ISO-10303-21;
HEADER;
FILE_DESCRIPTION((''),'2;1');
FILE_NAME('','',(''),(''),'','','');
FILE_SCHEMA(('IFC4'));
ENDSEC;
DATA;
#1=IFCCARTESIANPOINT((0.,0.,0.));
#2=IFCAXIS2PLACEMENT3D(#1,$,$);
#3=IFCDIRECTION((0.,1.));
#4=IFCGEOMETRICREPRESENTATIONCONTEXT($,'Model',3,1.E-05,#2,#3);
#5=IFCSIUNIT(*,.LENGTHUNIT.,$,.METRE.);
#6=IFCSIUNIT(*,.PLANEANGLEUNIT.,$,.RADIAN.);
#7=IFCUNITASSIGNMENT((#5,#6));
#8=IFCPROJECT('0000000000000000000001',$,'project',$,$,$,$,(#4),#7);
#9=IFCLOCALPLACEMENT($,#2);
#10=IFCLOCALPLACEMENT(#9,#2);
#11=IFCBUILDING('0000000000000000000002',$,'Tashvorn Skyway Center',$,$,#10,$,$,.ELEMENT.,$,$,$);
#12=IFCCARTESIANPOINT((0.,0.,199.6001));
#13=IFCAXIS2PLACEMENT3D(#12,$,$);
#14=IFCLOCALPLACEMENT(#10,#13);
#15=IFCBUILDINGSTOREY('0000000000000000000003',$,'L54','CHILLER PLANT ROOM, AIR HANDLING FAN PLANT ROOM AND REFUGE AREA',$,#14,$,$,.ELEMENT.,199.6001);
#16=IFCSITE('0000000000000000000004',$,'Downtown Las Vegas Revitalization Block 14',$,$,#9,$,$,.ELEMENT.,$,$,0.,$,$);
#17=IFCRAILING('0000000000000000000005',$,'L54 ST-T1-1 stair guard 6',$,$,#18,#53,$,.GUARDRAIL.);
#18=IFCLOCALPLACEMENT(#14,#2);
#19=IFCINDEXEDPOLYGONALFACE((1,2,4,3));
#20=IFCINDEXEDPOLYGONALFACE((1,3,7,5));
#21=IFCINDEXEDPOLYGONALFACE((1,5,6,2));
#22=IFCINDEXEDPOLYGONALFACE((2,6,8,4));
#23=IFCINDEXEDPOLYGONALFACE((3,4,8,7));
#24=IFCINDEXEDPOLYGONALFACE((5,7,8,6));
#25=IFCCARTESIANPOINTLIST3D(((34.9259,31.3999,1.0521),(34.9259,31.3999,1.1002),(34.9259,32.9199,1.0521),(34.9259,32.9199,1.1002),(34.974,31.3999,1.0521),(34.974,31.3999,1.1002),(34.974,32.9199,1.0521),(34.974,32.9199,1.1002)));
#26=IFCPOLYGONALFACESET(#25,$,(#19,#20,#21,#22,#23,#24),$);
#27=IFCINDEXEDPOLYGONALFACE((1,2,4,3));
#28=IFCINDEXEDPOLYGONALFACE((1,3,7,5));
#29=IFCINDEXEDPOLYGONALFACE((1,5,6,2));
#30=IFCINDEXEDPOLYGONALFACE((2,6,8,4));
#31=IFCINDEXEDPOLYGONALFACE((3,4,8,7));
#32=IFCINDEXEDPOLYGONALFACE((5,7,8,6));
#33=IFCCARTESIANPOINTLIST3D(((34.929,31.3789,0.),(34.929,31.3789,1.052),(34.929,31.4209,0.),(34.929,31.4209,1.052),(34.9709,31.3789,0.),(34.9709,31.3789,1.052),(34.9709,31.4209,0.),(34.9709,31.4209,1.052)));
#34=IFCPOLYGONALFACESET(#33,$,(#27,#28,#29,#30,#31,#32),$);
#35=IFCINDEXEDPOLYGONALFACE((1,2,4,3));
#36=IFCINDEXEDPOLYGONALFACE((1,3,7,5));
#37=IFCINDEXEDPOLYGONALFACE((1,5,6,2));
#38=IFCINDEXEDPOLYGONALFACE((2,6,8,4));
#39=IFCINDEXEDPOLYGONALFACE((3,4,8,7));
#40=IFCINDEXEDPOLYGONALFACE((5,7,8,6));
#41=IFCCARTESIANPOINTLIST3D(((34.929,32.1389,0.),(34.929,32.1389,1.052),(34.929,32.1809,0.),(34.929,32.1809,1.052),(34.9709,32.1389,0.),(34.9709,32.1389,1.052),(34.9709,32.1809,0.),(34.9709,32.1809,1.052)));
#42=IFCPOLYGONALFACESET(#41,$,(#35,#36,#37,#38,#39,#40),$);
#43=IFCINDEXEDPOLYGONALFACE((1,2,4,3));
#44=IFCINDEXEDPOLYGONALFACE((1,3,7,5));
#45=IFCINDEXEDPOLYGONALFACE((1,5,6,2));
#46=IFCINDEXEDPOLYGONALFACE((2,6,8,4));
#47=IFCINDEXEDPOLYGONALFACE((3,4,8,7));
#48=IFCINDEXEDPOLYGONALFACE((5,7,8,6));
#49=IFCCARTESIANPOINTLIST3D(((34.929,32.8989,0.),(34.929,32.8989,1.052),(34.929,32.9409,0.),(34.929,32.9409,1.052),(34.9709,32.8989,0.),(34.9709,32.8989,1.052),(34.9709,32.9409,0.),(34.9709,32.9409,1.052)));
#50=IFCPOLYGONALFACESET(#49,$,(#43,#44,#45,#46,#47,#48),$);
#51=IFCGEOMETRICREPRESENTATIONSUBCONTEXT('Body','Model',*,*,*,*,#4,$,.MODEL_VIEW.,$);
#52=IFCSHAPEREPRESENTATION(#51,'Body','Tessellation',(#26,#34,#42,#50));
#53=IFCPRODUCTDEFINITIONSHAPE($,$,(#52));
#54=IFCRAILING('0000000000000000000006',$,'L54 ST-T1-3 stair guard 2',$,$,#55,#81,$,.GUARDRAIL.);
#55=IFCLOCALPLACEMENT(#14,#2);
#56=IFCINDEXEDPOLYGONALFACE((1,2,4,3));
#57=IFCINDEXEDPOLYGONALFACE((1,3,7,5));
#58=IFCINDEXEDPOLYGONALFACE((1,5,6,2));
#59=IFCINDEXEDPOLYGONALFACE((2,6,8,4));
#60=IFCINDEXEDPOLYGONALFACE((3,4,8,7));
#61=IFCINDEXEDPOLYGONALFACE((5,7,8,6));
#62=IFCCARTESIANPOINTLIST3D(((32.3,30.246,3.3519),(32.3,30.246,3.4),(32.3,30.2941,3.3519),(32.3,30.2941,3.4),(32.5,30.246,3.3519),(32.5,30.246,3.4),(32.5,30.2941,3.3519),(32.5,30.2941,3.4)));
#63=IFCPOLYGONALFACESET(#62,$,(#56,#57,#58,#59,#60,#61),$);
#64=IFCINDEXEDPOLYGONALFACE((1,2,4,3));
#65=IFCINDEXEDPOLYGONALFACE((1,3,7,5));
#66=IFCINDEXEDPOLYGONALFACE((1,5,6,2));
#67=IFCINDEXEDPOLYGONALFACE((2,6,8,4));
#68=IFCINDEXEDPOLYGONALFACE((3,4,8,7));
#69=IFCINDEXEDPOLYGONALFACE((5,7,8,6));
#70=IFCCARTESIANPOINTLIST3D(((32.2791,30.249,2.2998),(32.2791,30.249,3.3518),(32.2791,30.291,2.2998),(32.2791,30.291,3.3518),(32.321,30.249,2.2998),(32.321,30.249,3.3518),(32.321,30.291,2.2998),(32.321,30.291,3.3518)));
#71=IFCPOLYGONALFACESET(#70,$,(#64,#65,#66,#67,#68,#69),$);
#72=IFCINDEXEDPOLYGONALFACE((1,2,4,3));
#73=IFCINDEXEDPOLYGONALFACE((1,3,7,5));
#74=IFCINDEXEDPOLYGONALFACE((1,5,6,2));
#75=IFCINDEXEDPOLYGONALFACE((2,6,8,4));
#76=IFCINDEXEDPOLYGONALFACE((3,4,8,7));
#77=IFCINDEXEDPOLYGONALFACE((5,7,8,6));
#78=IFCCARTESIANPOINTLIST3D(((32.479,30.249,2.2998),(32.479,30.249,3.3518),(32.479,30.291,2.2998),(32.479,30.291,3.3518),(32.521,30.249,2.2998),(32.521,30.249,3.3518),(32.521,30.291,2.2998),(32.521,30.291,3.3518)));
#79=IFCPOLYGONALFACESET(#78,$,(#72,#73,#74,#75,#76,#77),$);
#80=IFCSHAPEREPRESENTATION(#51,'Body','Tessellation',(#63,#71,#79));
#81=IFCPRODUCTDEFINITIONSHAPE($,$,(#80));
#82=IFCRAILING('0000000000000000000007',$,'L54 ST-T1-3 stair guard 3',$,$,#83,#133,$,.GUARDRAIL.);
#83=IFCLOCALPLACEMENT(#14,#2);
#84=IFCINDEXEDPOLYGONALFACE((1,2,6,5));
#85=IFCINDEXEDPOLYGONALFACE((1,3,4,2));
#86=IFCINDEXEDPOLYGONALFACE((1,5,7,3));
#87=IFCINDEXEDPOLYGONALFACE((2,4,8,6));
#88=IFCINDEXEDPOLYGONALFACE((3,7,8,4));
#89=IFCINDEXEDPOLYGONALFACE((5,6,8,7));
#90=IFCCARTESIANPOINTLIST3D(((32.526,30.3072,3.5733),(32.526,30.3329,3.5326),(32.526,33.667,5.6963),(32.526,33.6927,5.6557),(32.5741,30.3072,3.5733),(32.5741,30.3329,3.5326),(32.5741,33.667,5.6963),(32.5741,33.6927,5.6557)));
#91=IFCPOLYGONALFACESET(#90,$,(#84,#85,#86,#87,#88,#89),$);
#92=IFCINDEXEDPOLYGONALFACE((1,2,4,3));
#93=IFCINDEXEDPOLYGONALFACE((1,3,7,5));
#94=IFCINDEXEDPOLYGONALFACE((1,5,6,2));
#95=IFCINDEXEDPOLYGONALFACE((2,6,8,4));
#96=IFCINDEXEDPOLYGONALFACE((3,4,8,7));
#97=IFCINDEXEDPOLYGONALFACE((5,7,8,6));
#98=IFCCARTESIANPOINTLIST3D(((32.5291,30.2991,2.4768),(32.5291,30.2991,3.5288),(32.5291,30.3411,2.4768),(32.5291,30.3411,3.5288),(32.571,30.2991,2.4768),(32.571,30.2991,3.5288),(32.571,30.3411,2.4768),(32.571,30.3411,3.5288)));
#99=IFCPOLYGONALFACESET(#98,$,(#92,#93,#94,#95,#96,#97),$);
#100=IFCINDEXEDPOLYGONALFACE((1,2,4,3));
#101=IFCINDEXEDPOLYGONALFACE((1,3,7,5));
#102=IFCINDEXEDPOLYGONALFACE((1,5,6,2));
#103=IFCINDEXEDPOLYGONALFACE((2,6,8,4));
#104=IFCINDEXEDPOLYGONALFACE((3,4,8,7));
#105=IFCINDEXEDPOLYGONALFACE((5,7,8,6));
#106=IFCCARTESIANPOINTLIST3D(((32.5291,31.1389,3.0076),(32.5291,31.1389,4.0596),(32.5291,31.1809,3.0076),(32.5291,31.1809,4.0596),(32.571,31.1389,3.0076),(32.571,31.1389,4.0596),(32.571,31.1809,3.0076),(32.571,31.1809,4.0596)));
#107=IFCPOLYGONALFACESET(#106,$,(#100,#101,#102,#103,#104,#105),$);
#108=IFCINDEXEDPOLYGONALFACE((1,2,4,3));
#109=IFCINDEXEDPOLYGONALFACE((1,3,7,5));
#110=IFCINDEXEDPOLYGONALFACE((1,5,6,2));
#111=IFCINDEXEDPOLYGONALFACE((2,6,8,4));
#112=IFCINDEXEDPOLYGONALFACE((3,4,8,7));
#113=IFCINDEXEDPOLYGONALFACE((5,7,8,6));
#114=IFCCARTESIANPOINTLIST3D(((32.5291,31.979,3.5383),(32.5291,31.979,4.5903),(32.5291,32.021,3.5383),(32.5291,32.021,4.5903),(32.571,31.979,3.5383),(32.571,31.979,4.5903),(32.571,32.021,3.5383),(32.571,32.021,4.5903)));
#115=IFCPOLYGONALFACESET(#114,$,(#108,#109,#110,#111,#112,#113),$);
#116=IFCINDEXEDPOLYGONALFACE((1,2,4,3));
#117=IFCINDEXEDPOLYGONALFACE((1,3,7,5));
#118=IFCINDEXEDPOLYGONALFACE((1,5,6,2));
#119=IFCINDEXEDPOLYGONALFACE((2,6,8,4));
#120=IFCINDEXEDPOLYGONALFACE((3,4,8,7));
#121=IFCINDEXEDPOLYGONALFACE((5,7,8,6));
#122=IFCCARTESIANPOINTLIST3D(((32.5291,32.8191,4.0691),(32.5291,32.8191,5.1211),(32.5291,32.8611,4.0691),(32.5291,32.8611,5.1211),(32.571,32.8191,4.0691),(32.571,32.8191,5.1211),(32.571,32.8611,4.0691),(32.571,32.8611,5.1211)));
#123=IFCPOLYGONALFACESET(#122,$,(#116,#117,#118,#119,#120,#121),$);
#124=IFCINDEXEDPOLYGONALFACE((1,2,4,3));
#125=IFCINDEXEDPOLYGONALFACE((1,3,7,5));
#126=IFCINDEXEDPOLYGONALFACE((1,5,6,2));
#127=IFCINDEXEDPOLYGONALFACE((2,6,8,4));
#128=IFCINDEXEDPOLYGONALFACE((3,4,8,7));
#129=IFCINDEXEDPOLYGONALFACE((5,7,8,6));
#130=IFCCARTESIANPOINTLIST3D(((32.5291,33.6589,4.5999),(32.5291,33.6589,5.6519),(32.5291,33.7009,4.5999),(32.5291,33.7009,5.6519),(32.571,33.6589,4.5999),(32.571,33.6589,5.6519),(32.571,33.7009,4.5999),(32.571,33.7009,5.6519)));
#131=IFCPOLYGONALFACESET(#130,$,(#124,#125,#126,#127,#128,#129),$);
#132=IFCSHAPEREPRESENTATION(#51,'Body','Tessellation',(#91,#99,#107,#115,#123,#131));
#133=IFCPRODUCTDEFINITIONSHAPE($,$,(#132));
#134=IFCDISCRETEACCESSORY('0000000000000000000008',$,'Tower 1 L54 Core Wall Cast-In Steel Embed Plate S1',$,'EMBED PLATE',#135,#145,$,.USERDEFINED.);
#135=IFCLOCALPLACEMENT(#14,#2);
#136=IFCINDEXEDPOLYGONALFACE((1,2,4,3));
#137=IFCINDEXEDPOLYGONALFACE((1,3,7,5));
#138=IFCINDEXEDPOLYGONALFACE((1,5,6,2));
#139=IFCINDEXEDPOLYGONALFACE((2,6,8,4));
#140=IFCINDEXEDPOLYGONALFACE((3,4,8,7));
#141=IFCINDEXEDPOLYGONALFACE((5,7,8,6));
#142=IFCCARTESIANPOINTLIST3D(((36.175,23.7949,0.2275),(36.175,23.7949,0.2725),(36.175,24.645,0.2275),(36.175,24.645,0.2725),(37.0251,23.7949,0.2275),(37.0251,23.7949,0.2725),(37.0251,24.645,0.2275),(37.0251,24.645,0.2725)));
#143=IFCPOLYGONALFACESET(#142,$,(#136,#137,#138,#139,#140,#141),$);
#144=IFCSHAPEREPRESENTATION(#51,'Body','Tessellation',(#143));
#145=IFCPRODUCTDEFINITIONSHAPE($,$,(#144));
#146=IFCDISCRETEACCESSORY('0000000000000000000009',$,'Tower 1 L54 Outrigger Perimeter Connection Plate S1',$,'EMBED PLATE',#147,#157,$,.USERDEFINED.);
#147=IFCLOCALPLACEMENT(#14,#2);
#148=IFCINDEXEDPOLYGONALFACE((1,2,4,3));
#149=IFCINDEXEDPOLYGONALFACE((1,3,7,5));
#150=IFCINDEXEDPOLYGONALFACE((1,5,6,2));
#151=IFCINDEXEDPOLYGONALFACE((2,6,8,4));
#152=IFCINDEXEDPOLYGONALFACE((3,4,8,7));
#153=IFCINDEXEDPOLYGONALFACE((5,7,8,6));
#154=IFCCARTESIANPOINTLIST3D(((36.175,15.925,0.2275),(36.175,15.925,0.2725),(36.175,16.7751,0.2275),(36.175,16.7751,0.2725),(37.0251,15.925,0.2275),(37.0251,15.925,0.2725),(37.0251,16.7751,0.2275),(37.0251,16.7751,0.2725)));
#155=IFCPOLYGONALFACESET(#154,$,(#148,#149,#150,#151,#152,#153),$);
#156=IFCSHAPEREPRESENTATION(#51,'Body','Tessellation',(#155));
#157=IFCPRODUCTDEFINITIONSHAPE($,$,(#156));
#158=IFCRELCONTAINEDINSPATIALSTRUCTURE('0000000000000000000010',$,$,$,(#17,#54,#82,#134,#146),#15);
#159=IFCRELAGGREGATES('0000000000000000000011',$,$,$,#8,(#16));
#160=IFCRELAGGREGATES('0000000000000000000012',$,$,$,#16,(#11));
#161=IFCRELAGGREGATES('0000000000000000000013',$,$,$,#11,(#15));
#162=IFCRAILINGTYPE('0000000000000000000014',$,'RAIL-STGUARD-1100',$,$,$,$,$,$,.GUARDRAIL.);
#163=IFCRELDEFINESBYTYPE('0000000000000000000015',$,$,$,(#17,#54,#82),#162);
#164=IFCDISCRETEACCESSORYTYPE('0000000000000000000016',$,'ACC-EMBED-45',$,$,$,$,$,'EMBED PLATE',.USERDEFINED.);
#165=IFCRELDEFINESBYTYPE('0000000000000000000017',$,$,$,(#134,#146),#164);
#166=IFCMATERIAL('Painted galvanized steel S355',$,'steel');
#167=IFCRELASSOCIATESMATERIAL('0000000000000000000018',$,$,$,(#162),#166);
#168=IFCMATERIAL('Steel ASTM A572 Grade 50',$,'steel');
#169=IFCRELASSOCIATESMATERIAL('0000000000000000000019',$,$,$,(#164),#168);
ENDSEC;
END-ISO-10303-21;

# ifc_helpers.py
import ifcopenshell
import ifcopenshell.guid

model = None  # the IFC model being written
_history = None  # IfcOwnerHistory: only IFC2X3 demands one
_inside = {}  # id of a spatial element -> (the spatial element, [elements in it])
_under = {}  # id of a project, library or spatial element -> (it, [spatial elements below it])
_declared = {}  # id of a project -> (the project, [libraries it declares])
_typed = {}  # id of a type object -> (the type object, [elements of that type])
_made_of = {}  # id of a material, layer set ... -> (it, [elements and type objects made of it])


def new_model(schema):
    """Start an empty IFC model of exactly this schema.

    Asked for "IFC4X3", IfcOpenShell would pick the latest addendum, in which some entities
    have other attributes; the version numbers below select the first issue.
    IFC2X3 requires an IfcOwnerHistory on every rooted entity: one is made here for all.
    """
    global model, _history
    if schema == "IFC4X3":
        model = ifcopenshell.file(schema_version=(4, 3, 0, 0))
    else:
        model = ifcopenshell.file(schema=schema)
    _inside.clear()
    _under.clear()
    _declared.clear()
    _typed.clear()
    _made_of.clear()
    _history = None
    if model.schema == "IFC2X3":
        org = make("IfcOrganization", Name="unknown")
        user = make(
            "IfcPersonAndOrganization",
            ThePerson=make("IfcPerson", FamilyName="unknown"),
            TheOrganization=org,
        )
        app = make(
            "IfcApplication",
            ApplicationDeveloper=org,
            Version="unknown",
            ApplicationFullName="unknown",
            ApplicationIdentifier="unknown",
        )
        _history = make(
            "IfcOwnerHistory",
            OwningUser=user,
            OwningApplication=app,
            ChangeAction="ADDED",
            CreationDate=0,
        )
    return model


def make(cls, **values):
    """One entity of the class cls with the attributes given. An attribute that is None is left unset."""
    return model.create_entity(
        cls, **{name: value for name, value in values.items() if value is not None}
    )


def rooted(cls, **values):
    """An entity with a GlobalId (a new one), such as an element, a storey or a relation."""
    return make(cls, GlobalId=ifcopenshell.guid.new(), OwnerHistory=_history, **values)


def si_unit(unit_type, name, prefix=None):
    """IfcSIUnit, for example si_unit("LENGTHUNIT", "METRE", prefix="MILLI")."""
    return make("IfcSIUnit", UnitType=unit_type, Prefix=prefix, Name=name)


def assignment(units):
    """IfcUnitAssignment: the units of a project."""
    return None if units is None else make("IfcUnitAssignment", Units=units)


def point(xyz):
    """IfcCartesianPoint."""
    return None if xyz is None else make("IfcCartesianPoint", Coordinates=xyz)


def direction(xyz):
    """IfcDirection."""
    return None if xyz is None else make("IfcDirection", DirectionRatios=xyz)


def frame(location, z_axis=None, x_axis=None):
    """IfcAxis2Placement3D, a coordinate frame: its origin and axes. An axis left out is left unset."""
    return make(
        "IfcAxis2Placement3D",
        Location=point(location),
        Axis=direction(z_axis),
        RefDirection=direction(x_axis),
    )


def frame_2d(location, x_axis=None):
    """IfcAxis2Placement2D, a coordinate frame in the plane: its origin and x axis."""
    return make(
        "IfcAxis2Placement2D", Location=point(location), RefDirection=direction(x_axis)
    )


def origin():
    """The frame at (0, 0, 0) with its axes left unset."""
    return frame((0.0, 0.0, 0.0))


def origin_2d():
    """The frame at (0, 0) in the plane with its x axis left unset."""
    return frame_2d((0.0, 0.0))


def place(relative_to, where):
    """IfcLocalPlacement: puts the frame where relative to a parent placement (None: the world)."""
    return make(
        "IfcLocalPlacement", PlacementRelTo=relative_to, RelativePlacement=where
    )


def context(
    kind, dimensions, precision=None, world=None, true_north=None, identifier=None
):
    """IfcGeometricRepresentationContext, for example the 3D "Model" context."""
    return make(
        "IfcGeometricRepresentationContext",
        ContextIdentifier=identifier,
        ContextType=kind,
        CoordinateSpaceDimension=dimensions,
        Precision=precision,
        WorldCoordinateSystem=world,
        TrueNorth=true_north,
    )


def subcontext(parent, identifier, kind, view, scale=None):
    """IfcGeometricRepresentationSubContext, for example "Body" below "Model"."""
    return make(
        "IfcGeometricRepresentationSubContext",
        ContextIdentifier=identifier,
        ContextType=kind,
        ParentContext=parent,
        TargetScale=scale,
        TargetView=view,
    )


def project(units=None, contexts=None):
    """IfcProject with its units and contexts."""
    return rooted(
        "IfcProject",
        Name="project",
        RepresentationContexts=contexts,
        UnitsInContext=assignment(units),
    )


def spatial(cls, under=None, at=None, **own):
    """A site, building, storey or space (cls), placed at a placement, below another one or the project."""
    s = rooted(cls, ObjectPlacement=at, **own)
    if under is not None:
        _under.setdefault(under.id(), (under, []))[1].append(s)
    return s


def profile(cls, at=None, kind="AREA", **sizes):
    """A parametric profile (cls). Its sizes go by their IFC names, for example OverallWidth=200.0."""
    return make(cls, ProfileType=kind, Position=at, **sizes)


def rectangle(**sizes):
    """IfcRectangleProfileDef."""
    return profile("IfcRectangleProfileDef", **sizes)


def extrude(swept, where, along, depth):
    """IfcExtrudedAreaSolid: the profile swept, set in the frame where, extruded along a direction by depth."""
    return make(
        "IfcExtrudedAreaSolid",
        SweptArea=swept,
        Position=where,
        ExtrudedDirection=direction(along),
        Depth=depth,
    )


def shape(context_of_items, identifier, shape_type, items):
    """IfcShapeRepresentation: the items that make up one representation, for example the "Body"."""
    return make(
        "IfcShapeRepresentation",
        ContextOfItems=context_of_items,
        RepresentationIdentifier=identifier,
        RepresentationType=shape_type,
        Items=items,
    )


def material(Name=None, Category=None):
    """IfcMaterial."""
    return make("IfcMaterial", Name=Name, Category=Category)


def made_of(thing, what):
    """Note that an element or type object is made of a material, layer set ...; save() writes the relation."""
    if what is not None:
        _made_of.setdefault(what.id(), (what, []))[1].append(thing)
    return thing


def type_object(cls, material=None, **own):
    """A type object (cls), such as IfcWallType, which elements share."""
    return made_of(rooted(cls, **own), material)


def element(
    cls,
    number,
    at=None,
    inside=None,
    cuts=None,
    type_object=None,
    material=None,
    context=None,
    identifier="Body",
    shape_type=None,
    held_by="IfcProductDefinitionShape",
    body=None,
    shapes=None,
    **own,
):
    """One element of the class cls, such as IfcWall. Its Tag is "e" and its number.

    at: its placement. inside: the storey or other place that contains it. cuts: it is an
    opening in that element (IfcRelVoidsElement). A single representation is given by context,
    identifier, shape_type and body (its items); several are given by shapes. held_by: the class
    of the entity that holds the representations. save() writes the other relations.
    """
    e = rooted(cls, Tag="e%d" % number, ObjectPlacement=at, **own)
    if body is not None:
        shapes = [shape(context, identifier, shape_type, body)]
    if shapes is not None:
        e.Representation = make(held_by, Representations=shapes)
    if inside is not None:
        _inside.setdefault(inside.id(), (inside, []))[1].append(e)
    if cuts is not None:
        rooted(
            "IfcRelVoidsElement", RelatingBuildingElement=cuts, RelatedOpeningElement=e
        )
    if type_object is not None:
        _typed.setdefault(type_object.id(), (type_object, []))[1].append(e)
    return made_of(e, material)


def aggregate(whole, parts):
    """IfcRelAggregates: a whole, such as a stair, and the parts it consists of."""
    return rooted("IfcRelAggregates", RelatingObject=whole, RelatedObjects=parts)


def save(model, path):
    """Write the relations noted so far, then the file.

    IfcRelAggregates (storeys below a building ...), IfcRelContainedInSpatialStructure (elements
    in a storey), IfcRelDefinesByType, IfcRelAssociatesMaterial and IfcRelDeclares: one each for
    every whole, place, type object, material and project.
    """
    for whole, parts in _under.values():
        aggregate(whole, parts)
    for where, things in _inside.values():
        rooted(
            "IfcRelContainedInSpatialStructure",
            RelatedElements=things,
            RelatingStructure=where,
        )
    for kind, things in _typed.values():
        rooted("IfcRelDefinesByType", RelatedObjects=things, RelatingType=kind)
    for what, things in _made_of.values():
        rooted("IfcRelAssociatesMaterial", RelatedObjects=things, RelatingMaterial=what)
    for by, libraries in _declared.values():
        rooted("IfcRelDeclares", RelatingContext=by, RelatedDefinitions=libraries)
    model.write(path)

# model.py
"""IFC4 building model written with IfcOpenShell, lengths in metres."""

from ifc_helpers import new_model, si_unit, direction, frame, origin, origin_2d, place, context, subcontext, project, spatial, rectangle, extrude, material, type_object, element, save


model = new_model("IFC4")

# Units and contexts
model_context = context("Model", 3, precision=1e-05, world=origin(), true_north=direction((0.0, 1.0)))
body_context = subcontext(model_context, "Body", "Model", "MODEL_VIEW")
ifc_project = project(units=[si_unit("LENGTHUNIT", "METRE"), si_unit("PLANEANGLEUNIT", "RADIAN")], contexts=[model_context])

# Site, building, storey
site_placement = place(None, origin())
site = spatial("IfcSite", under=ifc_project, at=site_placement, Name="Downtown Las Vegas Revitalization Block 14", CompositionType="ELEMENT", RefElevation=0.0)
building_placement = place(site_placement, origin())
building = spatial("IfcBuilding", under=site, at=building_placement, Name="Tashvorn Skyway Center", CompositionType="ELEMENT")
storey_placement = place(building_placement, frame((0.0, 0.0, 199.6001)))
storey = spatial("IfcBuildingStorey", under=building, at=storey_placement, Name="L54", Description="CHILLER PLANT ROOM, AIR HANDLING FAN PLANT ROOM AND REFUGE AREA", CompositionType="ELEMENT", Elevation=199.6001)

# Shared definitions
ifc_material_1 = material(Name="Steel ASTM A572 Grade 50", Category="steel")

# Railings
ifc_material_2 = material(Name="Painted galvanized steel S355", Category="steel")
railing_type_1 = type_object("IfcRailingType", Name="RAIL-STGUARD-1100", PredefinedType="GUARDRAIL", material=ifc_material_2)
railing_1_placement = place(storey_placement, frame((34.95, 31.3999, 0.0)))
element("IfcRailing", 1, at=railing_1_placement, inside=storey, type_object=railing_type_1, Name="L54 ST-T1-1 stair guard 6", PredefinedType="GUARDRAIL", context=body_context, shape_type="SweptSolid", body=[
    extrude(rectangle(XDim=0.0481, YDim=0.0481, at=origin_2d()), frame((0.0, 0.0, 1.0762), z_axis=(0.0, 1.0, 0.0), x_axis=(-1.0, 0.0, 0.0)), (0.0, 0.0, 1.0), 1.52),
    extrude(rectangle(XDim=0.042, YDim=0.042, at=origin_2d()), origin(), (0.0, 0.0, 1.0), 1.052),
    extrude(rectangle(XDim=0.042, YDim=0.042, at=origin_2d()), frame((0.0, 0.76, 0.0)), (0.0, 0.0, 1.0), 1.052),
    extrude(rectangle(XDim=0.042, YDim=0.042, at=origin_2d()), frame((0.0, 1.52, 0.0)), (0.0, 0.0, 1.0), 1.052),
])
railing_2_placement = place(storey_placement, frame((32.3, 30.27, 2.2998)))
element("IfcRailing", 2, at=railing_2_placement, inside=storey, type_object=railing_type_1, Name="L54 ST-T1-3 stair guard 2", PredefinedType="GUARDRAIL", context=body_context, shape_type="SweptSolid", body=[
    extrude(rectangle(XDim=0.0481, YDim=0.0481, at=origin_2d()), frame((0.0, 0.0, 1.0762), z_axis=(1.0, 0.0, 0.0), x_axis=(0.0, 1.0, 0.0)), (0.0, 0.0, 1.0), 0.2),
    extrude(rectangle(XDim=0.042, YDim=0.042, at=origin_2d()), origin(), (0.0, 0.0, 1.0), 1.052),
    extrude(rectangle(XDim=0.042, YDim=0.042, at=origin_2d()), frame((0.2, 0.0, 0.0)), (0.0, 0.0, 1.0), 1.052),
])
railing_3_placement = place(storey_placement, frame((32.55, 30.3201, 2.4768)))
element("IfcRailing", 3, at=railing_3_placement, inside=storey, type_object=railing_type_1, Name="L54 ST-T1-3 stair guard 3", PredefinedType="GUARDRAIL", context=body_context, shape_type="SweptSolid", body=[
    extrude(rectangle(XDim=0.0481, YDim=0.0481, at=origin_2d()), frame((0.0, 0.0, 1.0762), z_axis=(0.0, 0.845372, 0.534178), x_axis=(-1.0, 0.0, 0.0)), (0.0, 0.0, 1.0), 3.9744),
    extrude(rectangle(XDim=0.042, YDim=0.042, at=origin_2d()), origin(), (0.0, 0.0, 1.0), 1.052),
    extrude(rectangle(XDim=0.042, YDim=0.042, at=origin_2d()), frame((0.0, 0.8398, 0.5308)), (0.0, 0.0, 1.0), 1.052),
    extrude(rectangle(XDim=0.042, YDim=0.042, at=origin_2d()), frame((0.0, 1.6799, 1.0615)), (0.0, 0.0, 1.0), 1.052),
    extrude(rectangle(XDim=0.042, YDim=0.042, at=origin_2d()), frame((0.0, 2.52, 1.5923)), (0.0, 0.0, 1.0), 1.052),
    extrude(rectangle(XDim=0.042, YDim=0.042, at=origin_2d()), frame((0.0, 3.3599, 2.123)), (0.0, 0.0, 1.0), 1.052),
])

# Discrete accessories
discrete_accessory_type = type_object("IfcDiscreteAccessoryType", Name="ACC-EMBED-45", ElementType="EMBED PLATE", PredefinedType="USERDEFINED", material=ifc_material_1)
for number, where, z_axis, x_axis, name in (
    (4, (36.6001, 24.22, 0.2275), (0.0, 0.0, 1.0), (1.0, 0.0, 0.0), "Tower 1 L54 Core Wall Cast-In Steel Embed Plate S1"),
    (5, (36.6001, 16.3501, 0.2275), (0.0, 0.0, 1.0), (1.0, 0.0, 0.0), "Tower 1 L54 Outrigger Perimeter Connection Plate S1"),
):
    element("IfcDiscreteAccessory", number, at=place(storey_placement, frame(where, z_axis=z_axis, x_axis=x_axis)), inside=storey, type_object=discrete_accessory_type, Name=name, ObjectType="EMBED PLATE", PredefinedType="USERDEFINED", context=body_context, shape_type="SweptSolid", body=[
        extrude(rectangle(XDim=0.8501, YDim=0.8501, at=origin_2d()), origin(), (0.0, 0.0, 1.0), 0.0449),
    ])

save(model, "model.ifc")
